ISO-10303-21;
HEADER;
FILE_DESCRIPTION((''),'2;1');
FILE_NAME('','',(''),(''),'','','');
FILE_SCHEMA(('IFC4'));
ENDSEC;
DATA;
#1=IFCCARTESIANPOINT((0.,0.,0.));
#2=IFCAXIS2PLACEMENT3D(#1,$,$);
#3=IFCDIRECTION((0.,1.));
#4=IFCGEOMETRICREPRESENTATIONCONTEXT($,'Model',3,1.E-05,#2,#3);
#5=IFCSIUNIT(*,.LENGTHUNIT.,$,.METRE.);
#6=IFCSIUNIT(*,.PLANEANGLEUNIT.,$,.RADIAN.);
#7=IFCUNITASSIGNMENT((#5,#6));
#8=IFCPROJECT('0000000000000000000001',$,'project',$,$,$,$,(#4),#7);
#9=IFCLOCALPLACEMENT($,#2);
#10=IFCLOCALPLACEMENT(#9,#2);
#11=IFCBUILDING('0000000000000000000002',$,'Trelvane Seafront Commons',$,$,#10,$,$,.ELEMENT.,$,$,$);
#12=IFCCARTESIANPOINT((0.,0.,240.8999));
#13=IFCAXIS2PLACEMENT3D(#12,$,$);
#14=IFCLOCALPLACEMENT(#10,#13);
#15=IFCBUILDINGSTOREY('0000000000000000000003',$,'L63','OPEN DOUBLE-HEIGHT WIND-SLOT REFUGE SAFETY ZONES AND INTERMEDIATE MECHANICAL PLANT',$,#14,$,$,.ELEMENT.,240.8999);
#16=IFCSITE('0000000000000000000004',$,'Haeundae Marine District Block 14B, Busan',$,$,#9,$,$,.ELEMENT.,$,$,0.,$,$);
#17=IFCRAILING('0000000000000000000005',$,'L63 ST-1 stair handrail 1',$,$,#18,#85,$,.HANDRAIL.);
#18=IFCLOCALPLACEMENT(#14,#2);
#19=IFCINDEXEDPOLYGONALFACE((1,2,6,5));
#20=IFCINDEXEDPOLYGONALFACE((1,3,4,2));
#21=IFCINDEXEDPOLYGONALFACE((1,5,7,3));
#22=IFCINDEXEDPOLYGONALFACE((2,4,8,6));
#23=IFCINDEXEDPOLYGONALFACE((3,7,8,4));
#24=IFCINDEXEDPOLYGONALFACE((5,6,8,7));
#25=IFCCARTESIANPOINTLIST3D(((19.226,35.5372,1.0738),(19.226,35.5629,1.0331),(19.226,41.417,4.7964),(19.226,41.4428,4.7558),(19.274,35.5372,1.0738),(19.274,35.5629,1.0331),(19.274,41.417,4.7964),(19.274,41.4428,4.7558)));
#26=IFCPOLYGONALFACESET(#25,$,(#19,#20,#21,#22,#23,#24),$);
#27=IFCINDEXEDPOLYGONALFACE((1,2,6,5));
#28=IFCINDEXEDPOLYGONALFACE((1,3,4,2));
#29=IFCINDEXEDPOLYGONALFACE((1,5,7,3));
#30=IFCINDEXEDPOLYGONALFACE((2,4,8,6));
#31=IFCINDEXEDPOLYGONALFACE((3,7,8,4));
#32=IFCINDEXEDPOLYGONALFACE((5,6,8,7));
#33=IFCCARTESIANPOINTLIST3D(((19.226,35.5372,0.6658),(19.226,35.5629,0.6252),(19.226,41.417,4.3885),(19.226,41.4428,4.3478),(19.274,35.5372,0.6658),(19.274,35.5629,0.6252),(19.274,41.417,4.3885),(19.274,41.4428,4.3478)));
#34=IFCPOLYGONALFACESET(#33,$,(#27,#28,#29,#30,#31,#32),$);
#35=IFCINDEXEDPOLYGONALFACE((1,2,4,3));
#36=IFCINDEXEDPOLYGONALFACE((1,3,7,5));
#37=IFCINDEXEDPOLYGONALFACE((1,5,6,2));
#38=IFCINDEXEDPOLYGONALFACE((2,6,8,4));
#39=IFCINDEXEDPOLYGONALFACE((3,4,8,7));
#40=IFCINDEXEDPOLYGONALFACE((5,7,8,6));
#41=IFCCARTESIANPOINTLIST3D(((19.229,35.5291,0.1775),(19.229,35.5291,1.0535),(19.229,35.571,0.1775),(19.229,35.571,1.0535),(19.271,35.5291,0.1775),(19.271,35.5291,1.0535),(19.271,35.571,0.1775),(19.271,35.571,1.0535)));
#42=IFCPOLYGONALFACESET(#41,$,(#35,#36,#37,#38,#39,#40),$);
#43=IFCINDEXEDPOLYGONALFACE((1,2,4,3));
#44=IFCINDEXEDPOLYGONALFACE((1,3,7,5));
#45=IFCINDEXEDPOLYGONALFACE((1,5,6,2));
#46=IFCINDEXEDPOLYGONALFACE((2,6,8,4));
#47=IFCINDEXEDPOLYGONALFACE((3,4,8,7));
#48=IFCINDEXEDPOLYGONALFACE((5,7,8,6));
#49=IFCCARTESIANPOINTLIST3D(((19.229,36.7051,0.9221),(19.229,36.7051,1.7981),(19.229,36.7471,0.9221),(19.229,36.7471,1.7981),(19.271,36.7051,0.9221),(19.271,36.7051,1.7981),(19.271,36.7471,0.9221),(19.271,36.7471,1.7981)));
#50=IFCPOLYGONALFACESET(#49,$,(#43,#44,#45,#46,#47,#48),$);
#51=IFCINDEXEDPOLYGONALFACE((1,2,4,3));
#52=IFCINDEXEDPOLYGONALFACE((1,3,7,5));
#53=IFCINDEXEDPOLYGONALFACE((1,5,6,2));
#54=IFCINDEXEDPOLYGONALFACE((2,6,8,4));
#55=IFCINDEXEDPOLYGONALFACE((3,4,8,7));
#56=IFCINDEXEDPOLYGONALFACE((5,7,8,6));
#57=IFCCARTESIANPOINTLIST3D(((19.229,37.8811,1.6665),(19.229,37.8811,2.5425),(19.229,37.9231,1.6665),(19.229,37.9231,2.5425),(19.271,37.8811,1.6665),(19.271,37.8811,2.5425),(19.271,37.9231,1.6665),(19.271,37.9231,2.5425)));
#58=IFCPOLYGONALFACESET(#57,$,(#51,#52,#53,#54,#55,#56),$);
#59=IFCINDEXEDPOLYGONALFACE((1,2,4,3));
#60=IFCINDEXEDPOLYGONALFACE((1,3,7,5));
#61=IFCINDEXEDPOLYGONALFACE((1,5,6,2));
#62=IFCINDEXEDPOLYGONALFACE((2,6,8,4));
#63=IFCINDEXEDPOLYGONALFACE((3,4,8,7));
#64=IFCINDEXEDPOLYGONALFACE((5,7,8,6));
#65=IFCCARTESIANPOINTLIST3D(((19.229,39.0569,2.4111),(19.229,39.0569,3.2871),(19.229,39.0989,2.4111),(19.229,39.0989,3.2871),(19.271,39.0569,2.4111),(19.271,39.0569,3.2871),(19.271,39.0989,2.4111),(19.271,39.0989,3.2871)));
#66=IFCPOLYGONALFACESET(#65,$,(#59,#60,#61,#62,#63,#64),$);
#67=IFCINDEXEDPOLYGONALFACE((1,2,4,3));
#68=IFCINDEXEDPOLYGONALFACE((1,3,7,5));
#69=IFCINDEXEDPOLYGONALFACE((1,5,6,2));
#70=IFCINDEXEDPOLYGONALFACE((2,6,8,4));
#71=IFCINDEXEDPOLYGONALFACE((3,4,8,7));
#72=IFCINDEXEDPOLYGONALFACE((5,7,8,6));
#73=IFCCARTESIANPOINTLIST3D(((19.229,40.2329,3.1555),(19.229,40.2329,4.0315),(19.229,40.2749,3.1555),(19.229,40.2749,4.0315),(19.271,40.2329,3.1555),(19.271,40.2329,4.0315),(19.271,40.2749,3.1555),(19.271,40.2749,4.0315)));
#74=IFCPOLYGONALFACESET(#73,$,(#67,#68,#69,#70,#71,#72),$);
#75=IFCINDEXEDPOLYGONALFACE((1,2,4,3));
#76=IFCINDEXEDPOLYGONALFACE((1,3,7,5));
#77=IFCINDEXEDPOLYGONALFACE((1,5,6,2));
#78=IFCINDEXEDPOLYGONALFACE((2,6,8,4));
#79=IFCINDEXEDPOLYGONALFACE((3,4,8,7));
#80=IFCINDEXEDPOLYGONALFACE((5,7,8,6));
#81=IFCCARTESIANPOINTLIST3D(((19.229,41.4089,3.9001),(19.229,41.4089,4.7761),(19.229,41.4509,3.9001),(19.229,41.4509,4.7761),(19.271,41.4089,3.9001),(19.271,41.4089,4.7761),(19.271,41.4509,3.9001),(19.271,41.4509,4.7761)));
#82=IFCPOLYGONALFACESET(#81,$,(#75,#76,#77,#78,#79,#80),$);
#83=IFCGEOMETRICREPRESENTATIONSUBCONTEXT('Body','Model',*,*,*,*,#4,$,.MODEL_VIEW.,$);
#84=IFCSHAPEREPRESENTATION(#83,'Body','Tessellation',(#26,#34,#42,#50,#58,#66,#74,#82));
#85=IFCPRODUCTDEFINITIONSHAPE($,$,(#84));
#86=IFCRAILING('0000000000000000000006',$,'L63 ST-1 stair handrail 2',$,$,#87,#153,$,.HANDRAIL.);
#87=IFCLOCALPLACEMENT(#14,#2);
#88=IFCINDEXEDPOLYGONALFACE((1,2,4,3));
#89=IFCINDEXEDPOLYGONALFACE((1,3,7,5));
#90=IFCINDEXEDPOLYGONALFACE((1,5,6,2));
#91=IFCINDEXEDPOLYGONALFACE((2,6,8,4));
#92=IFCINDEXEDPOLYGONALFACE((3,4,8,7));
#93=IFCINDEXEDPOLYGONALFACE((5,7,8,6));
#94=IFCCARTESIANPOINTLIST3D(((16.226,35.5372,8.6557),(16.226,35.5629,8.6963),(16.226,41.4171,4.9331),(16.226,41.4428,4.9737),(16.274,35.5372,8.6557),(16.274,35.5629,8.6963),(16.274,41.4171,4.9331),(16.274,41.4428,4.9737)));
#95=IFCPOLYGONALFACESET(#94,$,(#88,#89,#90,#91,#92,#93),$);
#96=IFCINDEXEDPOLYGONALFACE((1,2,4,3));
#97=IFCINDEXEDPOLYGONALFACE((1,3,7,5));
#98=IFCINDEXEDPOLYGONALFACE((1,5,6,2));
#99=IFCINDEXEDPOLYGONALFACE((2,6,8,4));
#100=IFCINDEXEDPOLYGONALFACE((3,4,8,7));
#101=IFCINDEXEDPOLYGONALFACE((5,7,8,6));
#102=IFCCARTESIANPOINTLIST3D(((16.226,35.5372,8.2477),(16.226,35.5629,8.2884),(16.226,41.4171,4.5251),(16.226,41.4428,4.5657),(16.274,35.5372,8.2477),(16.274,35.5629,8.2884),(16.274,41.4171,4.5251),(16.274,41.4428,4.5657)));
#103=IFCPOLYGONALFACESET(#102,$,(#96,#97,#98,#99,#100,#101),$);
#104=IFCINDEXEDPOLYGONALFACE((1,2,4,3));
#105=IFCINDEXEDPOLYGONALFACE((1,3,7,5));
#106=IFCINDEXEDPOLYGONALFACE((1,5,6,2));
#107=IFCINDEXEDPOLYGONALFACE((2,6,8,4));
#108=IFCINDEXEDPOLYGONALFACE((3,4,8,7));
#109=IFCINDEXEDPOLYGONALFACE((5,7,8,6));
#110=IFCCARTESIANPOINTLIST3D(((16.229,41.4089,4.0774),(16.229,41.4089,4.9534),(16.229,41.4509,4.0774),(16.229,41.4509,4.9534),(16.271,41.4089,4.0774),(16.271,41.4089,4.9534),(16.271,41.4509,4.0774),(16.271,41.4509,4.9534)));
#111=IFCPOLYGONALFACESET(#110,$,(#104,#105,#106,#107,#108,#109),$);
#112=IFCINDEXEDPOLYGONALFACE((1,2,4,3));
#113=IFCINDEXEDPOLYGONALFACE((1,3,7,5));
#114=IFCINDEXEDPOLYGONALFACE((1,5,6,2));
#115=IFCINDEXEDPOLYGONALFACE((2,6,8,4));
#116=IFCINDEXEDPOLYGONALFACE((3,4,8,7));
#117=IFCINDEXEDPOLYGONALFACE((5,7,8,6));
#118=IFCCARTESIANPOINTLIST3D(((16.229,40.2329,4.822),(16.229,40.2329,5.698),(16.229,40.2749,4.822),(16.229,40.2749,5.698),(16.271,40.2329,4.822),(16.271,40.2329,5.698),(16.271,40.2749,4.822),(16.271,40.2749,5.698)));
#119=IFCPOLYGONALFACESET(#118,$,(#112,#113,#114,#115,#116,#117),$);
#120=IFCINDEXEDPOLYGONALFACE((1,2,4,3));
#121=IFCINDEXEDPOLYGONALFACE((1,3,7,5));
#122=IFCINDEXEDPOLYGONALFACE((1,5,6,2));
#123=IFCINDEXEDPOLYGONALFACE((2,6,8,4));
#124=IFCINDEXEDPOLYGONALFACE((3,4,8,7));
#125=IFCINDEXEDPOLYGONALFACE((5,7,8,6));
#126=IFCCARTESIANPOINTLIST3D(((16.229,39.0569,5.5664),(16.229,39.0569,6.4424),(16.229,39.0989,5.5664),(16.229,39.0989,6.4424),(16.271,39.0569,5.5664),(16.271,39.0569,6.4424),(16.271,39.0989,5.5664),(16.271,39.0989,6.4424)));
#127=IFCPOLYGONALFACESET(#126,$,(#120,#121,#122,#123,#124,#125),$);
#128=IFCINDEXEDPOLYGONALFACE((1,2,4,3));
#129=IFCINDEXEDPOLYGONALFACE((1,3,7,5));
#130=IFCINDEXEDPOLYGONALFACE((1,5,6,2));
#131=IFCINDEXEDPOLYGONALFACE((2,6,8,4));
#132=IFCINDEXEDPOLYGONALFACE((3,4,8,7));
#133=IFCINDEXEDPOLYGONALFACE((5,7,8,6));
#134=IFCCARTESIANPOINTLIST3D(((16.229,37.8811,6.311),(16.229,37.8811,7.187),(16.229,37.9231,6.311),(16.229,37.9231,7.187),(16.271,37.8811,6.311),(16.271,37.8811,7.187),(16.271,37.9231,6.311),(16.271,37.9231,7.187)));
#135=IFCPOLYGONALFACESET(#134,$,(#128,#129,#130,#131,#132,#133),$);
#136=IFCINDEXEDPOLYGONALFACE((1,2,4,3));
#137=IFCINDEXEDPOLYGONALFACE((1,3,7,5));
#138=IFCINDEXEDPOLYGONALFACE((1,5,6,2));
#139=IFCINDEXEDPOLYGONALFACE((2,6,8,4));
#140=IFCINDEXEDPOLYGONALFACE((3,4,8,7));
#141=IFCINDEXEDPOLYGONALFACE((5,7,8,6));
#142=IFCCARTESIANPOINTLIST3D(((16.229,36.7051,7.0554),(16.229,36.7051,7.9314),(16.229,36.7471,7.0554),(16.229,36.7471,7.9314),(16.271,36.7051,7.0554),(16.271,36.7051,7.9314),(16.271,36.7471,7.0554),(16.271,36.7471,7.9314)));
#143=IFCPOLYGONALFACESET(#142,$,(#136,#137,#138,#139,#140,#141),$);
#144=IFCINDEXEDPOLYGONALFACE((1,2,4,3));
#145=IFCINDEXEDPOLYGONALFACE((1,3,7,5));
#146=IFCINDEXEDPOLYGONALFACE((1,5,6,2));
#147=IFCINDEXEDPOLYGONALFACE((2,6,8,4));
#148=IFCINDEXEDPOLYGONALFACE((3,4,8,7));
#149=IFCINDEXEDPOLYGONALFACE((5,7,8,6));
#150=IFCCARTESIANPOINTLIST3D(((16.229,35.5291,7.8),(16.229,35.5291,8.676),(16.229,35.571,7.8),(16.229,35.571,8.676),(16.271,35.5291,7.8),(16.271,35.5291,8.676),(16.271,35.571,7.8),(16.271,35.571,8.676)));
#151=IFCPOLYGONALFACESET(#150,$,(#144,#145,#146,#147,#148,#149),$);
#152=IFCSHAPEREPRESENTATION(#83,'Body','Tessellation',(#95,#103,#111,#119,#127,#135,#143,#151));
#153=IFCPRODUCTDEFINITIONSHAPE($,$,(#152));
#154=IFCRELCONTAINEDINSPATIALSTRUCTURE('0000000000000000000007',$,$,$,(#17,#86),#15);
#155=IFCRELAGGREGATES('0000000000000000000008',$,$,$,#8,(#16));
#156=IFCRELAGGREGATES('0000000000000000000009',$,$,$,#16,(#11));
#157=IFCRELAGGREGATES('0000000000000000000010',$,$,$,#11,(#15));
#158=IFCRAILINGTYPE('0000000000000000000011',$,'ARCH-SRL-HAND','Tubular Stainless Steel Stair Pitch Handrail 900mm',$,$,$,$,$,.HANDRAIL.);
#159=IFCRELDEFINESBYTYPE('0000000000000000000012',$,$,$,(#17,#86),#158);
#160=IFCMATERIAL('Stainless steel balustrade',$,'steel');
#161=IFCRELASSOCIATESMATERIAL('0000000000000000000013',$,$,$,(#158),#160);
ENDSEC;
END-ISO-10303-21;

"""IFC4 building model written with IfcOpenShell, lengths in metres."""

from ifc_helpers import new_model, si_unit, direction, frame, origin, origin_2d, place, context, subcontext, project, spatial, rectangle, extrude, material, type_object, element, save


model = new_model("IFC4")

# Units and contexts
model_context = context("Model", 3, precision=1e-05, world=origin(), true_north=direction((0.0, 1.0)))
body_context = subcontext(model_context, "Body", "Model", "MODEL_VIEW")
ifc_project = project(units=[si_unit("LENGTHUNIT", "METRE"), si_unit("PLANEANGLEUNIT", "RADIAN")], contexts=[model_context])

# Site, building, storey
site_placement = place(None, origin())
site = spatial("IfcSite", under=ifc_project, at=site_placement, Name="Haeundae Marine District Block 14B, Busan", CompositionType="ELEMENT", RefElevation=0.0)
building_placement = place(site_placement, origin())
building = spatial("IfcBuilding", under=site, at=building_placement, Name="Trelvane Seafront Commons", CompositionType="ELEMENT")
storey_placement = place(building_placement, frame((0.0, 0.0, 240.8999)))
storey = spatial("IfcBuildingStorey", under=building, at=storey_placement, Name="L63", Description="OPEN DOUBLE-HEIGHT WIND-SLOT REFUGE SAFETY ZONES AND INTERMEDIATE MECHANICAL PLANT", CompositionType="ELEMENT", Elevation=240.8999)

# Shared definitions
ifc_material_1 = material(Name="Stainless steel balustrade", Category="steel")

# Railings
railing_type_1 = type_object("IfcRailingType", Name="ARCH-SRL-HAND", Description="Tubular Stainless Steel Stair Pitch Handrail 900mm", PredefinedType="HANDRAIL", material=ifc_material_1)
railing_1_placement = place(storey_placement, frame((19.25, 35.55, 0.1775)))
element("IfcRailing", 1, at=railing_1_placement, inside=storey, type_object=railing_type_1, Name="L63 ST-1 stair handrail 1", PredefinedType="HANDRAIL", context=body_context, shape_type="SweptSolid", body=[
    extrude(rectangle(XDim=0.0481, YDim=0.0481, at=origin_2d()), frame((0.0, 0.0, 0.876), z_axis=(0.0, 0.844902, 0.534922), x_axis=(-1.0, 0.0, 0.0)), (0.0, 0.0, 1.0), 6.9592),
    extrude(rectangle(XDim=0.0481, YDim=0.0481, at=origin_2d()), frame((0.0, 0.0, 0.468), z_axis=(0.0, 0.844902, 0.534922), x_axis=(-1.0, 0.0, 0.0)), (0.0, 0.0, 1.0), 6.9592),
    extrude(rectangle(XDim=0.042, YDim=0.042, at=origin_2d()), origin(), (0.0, 0.0, 1.0), 0.876),
    extrude(rectangle(XDim=0.042, YDim=0.042, at=origin_2d()), frame((0.0, 1.176, 0.7446)), (0.0, 0.0, 1.0), 0.876),
    extrude(rectangle(XDim=0.042, YDim=0.042, at=origin_2d()), frame((0.0, 2.3521, 1.489)), (0.0, 0.0, 1.0), 0.876),
    extrude(rectangle(XDim=0.042, YDim=0.042, at=origin_2d()), frame((0.0, 3.5278, 2.2336)), (0.0, 0.0, 1.0), 0.876),
    extrude(rectangle(XDim=0.042, YDim=0.042, at=origin_2d()), frame((0.0, 4.7039, 2.978)), (0.0, 0.0, 1.0), 0.876),
    extrude(rectangle(XDim=0.042, YDim=0.042, at=origin_2d()), frame((0.0, 5.8799, 3.7227)), (0.0, 0.0, 1.0), 0.876),
])
railing_2_placement = place(storey_placement, frame((16.25, 41.4299, 4.0774)))
element("IfcRailing", 2, at=railing_2_placement, inside=storey, type_object=railing_type_1, Name="L63 ST-1 stair handrail 2", PredefinedType="HANDRAIL", context=body_context, shape_type="SweptSolid", body=[
    extrude(rectangle(XDim=0.0481, YDim=0.0481, at=origin_2d()), frame((0.0, 0.0, 0.876), z_axis=(0.0, -0.844902, 0.534922), x_axis=(1.0, 0.0, 0.0)), (0.0, 0.0, 1.0), 6.9592),
    extrude(rectangle(XDim=0.0481, YDim=0.0481, at=origin_2d()), frame((0.0, 0.0, 0.468), z_axis=(0.0, -0.844902, 0.534922), x_axis=(1.0, 0.0, 0.0)), (0.0, 0.0, 1.0), 6.9592),
    extrude(rectangle(XDim=0.042, YDim=0.042, at=origin_2d()), origin(), (0.0, 0.0, 1.0), 0.876),
    extrude(rectangle(XDim=0.042, YDim=0.042, at=origin_2d()), frame((0.0, -1.176, 0.7446)), (0.0, 0.0, 1.0), 0.876),
    extrude(rectangle(XDim=0.042, YDim=0.042, at=origin_2d()), frame((0.0, -2.3521, 1.489)), (0.0, 0.0, 1.0), 0.876),
    extrude(rectangle(XDim=0.042, YDim=0.042, at=origin_2d()), frame((0.0, -3.5278, 2.2336)), (0.0, 0.0, 1.0), 0.876),
    extrude(rectangle(XDim=0.042, YDim=0.042, at=origin_2d()), frame((0.0, -4.7039, 2.978)), (0.0, 0.0, 1.0), 0.876),
    extrude(rectangle(XDim=0.042, YDim=0.042, at=origin_2d()), frame((0.0, -5.8799, 3.7227)), (0.0, 0.0, 1.0), 0.876),
])

save(model, "model.ifc")
